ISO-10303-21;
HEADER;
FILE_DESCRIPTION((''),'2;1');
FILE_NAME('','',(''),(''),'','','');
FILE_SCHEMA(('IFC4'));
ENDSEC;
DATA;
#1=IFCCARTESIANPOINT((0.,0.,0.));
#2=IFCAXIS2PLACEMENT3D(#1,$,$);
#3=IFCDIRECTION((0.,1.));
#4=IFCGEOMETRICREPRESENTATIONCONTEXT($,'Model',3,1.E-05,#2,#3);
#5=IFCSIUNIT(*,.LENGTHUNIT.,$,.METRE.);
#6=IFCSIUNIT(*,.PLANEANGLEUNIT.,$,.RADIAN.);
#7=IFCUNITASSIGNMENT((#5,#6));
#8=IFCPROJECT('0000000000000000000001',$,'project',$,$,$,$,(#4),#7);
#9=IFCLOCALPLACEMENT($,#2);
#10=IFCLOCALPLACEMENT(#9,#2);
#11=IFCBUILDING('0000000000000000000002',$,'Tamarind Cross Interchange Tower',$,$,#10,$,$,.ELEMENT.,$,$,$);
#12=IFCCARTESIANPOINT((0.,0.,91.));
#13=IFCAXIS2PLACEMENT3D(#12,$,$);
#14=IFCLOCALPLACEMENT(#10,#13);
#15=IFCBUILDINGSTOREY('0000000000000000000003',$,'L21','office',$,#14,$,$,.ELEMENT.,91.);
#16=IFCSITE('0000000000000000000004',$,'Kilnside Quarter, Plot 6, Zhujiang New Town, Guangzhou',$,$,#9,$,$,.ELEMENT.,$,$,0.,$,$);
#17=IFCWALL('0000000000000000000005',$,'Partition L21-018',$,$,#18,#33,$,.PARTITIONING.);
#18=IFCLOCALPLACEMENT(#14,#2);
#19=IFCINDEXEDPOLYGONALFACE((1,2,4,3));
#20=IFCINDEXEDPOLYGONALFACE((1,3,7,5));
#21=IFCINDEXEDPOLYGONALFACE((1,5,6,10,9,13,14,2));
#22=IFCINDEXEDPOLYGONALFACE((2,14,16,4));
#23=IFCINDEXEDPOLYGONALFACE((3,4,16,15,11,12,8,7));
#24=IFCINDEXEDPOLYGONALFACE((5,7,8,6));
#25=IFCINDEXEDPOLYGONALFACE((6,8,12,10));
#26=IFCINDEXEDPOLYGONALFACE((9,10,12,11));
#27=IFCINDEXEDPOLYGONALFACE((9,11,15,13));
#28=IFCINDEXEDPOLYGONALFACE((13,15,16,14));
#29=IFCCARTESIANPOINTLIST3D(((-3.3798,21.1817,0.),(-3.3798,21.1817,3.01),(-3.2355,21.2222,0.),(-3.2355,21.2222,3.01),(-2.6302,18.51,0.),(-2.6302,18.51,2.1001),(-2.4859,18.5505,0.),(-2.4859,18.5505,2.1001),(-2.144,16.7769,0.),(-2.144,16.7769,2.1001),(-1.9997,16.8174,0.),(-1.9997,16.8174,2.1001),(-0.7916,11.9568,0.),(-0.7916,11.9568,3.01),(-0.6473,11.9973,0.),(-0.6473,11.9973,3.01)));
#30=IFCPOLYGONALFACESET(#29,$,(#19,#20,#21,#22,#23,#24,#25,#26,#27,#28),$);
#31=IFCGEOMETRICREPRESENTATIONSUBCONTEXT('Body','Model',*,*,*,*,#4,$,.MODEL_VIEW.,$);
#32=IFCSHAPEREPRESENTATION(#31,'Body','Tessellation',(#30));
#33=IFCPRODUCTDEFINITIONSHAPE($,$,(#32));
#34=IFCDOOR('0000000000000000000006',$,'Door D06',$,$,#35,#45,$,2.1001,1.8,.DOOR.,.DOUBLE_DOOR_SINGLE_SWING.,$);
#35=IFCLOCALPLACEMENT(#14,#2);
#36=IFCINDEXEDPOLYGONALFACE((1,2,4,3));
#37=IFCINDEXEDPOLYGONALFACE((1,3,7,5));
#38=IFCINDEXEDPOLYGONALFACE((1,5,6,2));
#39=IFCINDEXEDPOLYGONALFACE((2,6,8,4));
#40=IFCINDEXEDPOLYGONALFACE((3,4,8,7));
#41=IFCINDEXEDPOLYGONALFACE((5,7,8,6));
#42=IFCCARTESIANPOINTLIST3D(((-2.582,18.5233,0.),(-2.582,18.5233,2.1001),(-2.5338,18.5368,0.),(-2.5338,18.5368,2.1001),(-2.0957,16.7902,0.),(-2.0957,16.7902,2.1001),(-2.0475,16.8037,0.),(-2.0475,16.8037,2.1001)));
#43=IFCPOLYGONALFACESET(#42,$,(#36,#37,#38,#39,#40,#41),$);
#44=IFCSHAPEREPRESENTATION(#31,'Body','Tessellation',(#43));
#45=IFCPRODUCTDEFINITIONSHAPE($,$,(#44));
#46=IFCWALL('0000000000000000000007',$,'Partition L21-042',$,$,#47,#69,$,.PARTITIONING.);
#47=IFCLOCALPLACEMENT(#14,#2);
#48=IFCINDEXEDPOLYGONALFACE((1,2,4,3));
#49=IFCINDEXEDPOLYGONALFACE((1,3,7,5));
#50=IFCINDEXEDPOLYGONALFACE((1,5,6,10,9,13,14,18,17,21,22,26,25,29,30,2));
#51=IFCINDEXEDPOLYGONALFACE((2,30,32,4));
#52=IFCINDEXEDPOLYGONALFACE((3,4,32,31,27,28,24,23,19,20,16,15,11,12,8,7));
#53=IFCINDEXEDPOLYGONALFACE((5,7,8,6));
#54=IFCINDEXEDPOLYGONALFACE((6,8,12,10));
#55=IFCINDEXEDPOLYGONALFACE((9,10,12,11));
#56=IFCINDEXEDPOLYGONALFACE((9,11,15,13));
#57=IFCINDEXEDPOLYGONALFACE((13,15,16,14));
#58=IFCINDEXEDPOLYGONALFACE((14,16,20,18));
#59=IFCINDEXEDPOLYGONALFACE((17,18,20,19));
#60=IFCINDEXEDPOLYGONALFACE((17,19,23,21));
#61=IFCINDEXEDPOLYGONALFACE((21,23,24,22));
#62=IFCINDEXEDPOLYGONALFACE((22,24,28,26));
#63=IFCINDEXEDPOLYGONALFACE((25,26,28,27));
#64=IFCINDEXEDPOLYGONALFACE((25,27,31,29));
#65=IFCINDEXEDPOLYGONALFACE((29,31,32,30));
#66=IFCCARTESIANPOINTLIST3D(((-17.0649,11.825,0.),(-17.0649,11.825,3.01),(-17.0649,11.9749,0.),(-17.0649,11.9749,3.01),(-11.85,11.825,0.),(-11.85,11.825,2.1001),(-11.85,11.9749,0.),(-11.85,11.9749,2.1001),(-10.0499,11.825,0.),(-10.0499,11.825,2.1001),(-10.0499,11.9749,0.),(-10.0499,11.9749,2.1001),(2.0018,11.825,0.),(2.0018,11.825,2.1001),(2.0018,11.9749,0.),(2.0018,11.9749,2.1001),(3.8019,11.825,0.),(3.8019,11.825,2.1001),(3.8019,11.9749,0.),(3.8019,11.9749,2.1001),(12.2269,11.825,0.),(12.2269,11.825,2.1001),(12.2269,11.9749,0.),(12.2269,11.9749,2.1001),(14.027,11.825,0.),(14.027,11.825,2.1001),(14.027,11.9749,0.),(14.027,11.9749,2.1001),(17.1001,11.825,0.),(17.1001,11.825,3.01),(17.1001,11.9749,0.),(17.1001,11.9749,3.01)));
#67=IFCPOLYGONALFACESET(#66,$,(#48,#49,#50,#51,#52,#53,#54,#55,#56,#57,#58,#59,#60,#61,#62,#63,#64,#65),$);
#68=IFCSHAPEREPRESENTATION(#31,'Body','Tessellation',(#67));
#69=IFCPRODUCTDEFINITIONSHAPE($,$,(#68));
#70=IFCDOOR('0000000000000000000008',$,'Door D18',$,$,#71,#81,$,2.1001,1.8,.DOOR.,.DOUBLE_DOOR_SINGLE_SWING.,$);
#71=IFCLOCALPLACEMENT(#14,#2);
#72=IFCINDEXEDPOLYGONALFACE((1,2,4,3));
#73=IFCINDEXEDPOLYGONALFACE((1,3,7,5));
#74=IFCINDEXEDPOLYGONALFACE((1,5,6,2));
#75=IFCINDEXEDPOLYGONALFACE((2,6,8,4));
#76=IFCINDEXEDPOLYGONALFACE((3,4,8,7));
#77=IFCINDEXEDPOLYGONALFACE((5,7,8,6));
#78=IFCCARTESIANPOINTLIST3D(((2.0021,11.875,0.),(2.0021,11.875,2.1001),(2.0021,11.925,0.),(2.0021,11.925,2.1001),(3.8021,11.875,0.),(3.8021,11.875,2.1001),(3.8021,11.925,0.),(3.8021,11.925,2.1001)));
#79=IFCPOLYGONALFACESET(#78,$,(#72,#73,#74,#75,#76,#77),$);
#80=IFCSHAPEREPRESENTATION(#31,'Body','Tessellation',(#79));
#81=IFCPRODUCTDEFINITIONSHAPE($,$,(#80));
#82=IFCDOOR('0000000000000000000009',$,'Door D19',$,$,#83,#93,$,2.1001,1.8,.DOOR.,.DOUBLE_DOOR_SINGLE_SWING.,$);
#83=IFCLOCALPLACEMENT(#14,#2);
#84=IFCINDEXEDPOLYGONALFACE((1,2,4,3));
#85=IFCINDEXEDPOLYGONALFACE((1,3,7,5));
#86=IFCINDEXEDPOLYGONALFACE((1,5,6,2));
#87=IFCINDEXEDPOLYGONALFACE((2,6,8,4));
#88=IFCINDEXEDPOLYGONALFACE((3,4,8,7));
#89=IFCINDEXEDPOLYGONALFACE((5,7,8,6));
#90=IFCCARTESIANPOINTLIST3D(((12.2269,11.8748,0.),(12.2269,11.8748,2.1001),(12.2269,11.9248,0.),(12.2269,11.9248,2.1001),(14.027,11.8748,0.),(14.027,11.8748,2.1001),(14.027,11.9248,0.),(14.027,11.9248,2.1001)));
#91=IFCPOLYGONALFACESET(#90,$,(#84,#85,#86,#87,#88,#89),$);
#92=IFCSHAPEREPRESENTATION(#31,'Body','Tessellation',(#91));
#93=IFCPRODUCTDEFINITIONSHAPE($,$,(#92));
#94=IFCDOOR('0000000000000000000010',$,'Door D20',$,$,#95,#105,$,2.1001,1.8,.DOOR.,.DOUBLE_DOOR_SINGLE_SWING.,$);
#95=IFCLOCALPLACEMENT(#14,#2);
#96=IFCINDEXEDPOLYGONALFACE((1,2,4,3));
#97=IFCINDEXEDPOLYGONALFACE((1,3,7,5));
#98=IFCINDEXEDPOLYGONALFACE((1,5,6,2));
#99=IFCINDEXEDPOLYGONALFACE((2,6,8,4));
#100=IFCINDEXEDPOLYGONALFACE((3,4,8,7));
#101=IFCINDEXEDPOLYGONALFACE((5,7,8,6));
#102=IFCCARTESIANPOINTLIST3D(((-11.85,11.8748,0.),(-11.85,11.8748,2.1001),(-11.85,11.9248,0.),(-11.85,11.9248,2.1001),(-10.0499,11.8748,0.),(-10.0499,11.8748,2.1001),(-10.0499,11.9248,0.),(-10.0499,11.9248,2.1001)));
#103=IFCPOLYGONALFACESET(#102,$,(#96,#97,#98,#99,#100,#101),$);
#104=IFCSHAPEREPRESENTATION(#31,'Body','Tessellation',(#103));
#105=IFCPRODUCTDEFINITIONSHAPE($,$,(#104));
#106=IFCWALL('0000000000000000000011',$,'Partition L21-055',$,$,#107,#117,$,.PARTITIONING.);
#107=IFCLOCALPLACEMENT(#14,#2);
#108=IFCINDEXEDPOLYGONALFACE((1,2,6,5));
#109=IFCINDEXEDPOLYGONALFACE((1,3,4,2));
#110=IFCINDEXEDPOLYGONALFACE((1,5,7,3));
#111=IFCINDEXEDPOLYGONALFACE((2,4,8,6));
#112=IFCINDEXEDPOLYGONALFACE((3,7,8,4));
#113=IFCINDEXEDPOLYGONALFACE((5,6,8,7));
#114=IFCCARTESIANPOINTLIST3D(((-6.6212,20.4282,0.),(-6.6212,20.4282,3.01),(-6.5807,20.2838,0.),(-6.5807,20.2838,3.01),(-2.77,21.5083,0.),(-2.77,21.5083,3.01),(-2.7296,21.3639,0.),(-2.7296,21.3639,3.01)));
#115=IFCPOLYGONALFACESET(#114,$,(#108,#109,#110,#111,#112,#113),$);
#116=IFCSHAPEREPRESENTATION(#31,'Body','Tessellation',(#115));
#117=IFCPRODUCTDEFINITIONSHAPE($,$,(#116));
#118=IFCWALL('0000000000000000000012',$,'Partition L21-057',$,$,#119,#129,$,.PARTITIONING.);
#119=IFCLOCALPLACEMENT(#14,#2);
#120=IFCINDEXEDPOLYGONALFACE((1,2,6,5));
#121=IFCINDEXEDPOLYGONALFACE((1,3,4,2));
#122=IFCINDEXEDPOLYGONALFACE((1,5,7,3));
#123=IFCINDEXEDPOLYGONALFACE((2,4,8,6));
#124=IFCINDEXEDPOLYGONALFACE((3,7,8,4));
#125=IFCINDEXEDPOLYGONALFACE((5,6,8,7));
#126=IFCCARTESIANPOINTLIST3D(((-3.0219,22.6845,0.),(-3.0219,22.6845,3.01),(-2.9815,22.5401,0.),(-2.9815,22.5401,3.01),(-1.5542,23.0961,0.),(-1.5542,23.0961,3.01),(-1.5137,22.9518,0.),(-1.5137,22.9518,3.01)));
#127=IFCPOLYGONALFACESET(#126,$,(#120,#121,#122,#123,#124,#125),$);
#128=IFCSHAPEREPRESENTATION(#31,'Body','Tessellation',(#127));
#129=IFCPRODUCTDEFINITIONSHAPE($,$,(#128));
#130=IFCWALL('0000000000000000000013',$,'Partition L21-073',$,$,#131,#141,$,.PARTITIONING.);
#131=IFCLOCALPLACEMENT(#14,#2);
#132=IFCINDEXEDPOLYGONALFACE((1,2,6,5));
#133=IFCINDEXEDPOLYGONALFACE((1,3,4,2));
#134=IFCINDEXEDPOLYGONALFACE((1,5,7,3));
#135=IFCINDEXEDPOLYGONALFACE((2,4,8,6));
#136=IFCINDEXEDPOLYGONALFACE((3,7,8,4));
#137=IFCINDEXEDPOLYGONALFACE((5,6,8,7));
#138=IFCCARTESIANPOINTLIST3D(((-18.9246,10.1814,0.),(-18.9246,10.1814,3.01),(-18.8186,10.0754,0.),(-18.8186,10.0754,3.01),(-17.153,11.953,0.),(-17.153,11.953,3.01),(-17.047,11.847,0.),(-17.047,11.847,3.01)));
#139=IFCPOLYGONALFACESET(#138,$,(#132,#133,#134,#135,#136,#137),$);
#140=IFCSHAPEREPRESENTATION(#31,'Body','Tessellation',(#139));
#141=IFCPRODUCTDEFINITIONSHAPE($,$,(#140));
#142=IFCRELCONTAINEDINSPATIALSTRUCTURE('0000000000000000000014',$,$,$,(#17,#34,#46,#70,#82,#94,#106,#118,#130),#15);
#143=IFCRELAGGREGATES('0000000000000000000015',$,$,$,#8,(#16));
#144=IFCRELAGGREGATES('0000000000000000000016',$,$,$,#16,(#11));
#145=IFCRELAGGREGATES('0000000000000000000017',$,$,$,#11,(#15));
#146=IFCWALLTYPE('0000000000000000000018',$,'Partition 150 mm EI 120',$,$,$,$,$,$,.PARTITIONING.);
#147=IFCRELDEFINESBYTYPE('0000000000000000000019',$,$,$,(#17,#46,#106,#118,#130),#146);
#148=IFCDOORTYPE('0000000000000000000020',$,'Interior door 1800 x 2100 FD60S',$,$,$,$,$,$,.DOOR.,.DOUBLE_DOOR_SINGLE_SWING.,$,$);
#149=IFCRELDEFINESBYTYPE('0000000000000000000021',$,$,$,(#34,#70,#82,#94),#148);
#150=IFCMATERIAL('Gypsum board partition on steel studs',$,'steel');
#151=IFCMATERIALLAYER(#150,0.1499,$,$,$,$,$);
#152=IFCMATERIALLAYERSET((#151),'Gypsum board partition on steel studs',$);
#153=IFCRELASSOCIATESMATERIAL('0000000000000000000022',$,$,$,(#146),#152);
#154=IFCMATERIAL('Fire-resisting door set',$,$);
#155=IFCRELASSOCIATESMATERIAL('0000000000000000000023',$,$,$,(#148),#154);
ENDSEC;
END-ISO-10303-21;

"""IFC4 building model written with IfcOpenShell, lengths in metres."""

from ifc_helpers import new_model, si_unit, direction, frame, frame_2d, origin, place, context, subcontext, project, spatial, rectangle, extrude, material, layer, layer_set, type_object, element, fill, save


model = new_model("IFC4")

# Units and contexts
model_context = context("Model", 3, precision=1e-05, world=origin(), true_north=direction((0.0, 1.0)))
body_context = subcontext(model_context, "Body", "Model", "MODEL_VIEW")
ifc_project = project(units=[si_unit("LENGTHUNIT", "METRE"), si_unit("PLANEANGLEUNIT", "RADIAN")], contexts=[model_context])

# Site, building, storey
site_placement = place(None, origin())
site = spatial("IfcSite", under=ifc_project, at=site_placement, Name="Kilnside Quarter, Plot 6, Zhujiang New Town, Guangzhou", CompositionType="ELEMENT", RefElevation=0.0)
building_placement = place(site_placement, origin())
building = spatial("IfcBuilding", under=site, at=building_placement, Name="Tamarind Cross Interchange Tower", CompositionType="ELEMENT")
storey_placement = place(building_placement, frame((0.0, 0.0, 91.0)))
storey = spatial("IfcBuildingStorey", under=building, at=storey_placement, Name="L21", Description="office", CompositionType="ELEMENT", Elevation=91.0)

# Shared definitions
ifc_material_1 = material(Name="Gypsum board partition on steel studs", Category="steel")

# Wall, opening, door
ifc_layer_1 = layer(ifc_material_1, 0.1499)
ifc_layer_set_1 = layer_set([ifc_layer_1], Name="Gypsum board partition on steel studs")
wall_type_1 = type_object("IfcWallType", Name="Partition 150 mm EI 120", PredefinedType="PARTITIONING", material=ifc_layer_set_1)
wall_1_placement = place(storey_placement, frame((-3.3076, 21.2019, 0.0), z_axis=(0.0, 0.0, 1.0), x_axis=(0.270131, -0.962824, 0.0)))
wall_1 = element("IfcWall", 1, at=wall_1_placement, inside=storey, type_object=wall_type_1, Name="Partition L21-018", PredefinedType="PARTITIONING", context=body_context, shape_type="SweptSolid", body=[
    extrude(rectangle(XDim=9.5811, YDim=0.1499, at=frame_2d((4.7905, 0.0))), origin(), (0.0, 0.0, 1.0), 3.01),
])
opening_1_placement = place(wall_1_placement, frame((2.7749, 0.0, 0.0)))
opening_1 = element("IfcOpeningElement", 2, at=opening_1_placement, cuts=wall_1, PredefinedType="OPENING", context=body_context, shape_type="SweptSolid", body=[
    extrude(rectangle(XDim=1.8, YDim=2.1001, at=frame_2d((0.8999, 1.05))), frame((0.0, 0.085, 0.0), z_axis=(0.0, -1.0, 0.0), x_axis=(1.0, 0.0, 0.0)), (0.0, 0.0, 1.0), 0.1699),
])
ifc_material_2 = material(Name="Fire-resisting door set")
door_type = type_object("IfcDoorType", Name="Interior door 1800 x 2100 FD60S", OperationType="DOUBLE_DOOR_SINGLE_SWING", PredefinedType="DOOR", material=ifc_material_2)
door_1_placement = place(opening_1_placement, frame((1.8, 0.0, 0.0), z_axis=(0.0, 0.0, 1.0), x_axis=(-1.0, 0.0, 0.0)))
door_1 = element("IfcDoor", 3, at=door_1_placement, inside=storey, type_object=door_type, Name="Door D06", OperationType="DOUBLE_DOOR_SINGLE_SWING", OverallHeight=2.1001, OverallWidth=1.8, PredefinedType="DOOR", context=body_context, shape_type="SweptSolid", body=[
    extrude(rectangle(XDim=1.8, YDim=2.1001, at=frame_2d((0.8999, 1.05))), frame((0.0, 0.0249, 0.0), z_axis=(0.0, -1.0, 0.0), x_axis=(1.0, 0.0, 0.0)), (0.0, 0.0, 1.0), 0.05),
])
fill(opening_1, door_1)

# Wall, openings, doors
wall_2_placement = place(storey_placement, frame((-17.0649, 11.8999, 0.0), z_axis=(0.0, 0.0, 1.0), x_axis=(1.0, 0.0, 0.0)))
wall_2 = element("IfcWall", 4, at=wall_2_placement, inside=storey, type_object=wall_type_1, Name="Partition L21-042", PredefinedType="PARTITIONING", context=body_context, shape_type="SweptSolid", body=[
    extrude(rectangle(XDim=34.165, YDim=0.1499, at=frame_2d((17.0825, 0.0))), origin(), (0.0, 0.0, 1.0), 3.01),
])
opening_2_placement = place(wall_2_placement, frame((19.0669, 0.0, 0.0)))
opening_2 = element("IfcOpeningElement", 5, at=opening_2_placement, cuts=wall_2, PredefinedType="OPENING", context=body_context, shape_type="SweptSolid", body=[
    extrude(rectangle(XDim=1.8, YDim=2.1001, at=frame_2d((0.8999, 1.05))), frame((0.0, 0.085, 0.0), z_axis=(0.0, -1.0, 0.0), x_axis=(1.0, 0.0, 0.0)), (0.0, 0.0, 1.0), 0.1699),
])
opening_3_placement = place(wall_2_placement, frame((29.292, 0.0, 0.0)))
opening_3 = element("IfcOpeningElement", 6, at=opening_3_placement, cuts=wall_2, PredefinedType="OPENING", context=body_context, shape_type="SweptSolid", body=[
    extrude(rectangle(XDim=1.8, YDim=2.1001, at=frame_2d((0.8999, 1.05))), frame((0.0, 0.085, 0.0), z_axis=(0.0, -1.0, 0.0), x_axis=(1.0, 0.0, 0.0)), (0.0, 0.0, 1.0), 0.1699),
])
opening_4_placement = place(wall_2_placement, frame((5.2151, 0.0, 0.0)))
opening_4 = element("IfcOpeningElement", 7, at=opening_4_placement, cuts=wall_2, PredefinedType="OPENING", context=body_context, shape_type="SweptSolid", body=[
    extrude(rectangle(XDim=1.8, YDim=2.1001, at=frame_2d((0.8999, 1.05))), frame((0.0, 0.085, 0.0), z_axis=(0.0, -1.0, 0.0), x_axis=(1.0, 0.0, 0.0)), (0.0, 0.0, 1.0), 0.1699),
])
door_2_placement = place(opening_2_placement, frame((1.8, 0.0, 0.0), z_axis=(0.0, 0.0, 1.0), x_axis=(-1.0, 0.0, 0.0)))
door_2 = element("IfcDoor", 8, at=door_2_placement, inside=storey, type_object=door_type, Name="Door D18", OperationType="DOUBLE_DOOR_SINGLE_SWING", OverallHeight=2.1001, OverallWidth=1.8, PredefinedType="DOOR", context=body_context, shape_type="SweptSolid", body=[
    extrude(rectangle(XDim=1.8, YDim=2.1001, at=frame_2d((0.8999, 1.05))), frame((0.0, 0.0249, 0.0), z_axis=(0.0, -1.0, 0.0), x_axis=(1.0, 0.0, 0.0)), (0.0, 0.0, 1.0), 0.05),
])
fill(opening_2, door_2)
door_3_placement = place(opening_3_placement, origin())
door_3 = element("IfcDoor", 9, at=door_3_placement, inside=storey, type_object=door_type, Name="Door D19", OperationType="DOUBLE_DOOR_SINGLE_SWING", OverallHeight=2.1001, OverallWidth=1.8, PredefinedType="DOOR", context=body_context, shape_type="SweptSolid", body=[
    extrude(rectangle(XDim=1.8, YDim=2.1001, at=frame_2d((0.8999, 1.05))), frame((0.0, 0.0249, 0.0), z_axis=(0.0, -1.0, 0.0), x_axis=(1.0, 0.0, 0.0)), (0.0, 0.0, 1.0), 0.05),
])
fill(opening_3, door_3)
door_4_placement = place(opening_4_placement, origin())
door_4 = element("IfcDoor", 10, at=door_4_placement, inside=storey, type_object=door_type, Name="Door D20", OperationType="DOUBLE_DOOR_SINGLE_SWING", OverallHeight=2.1001, OverallWidth=1.8, PredefinedType="DOOR", context=body_context, shape_type="SweptSolid", body=[
    extrude(rectangle(XDim=1.8, YDim=2.1001, at=frame_2d((0.8999, 1.05))), frame((0.0, 0.0249, 0.0), z_axis=(0.0, -1.0, 0.0), x_axis=(1.0, 0.0, 0.0)), (0.0, 0.0, 1.0), 0.05),
])
fill(opening_4, door_4)

# Walls
wall_3_placement = place(storey_placement, frame((-6.6011, 20.356, 0.0), z_axis=(0.0, 0.0, 1.0), x_axis=(0.962849, 0.270042, 0.0)))
element("IfcWall", 11, at=wall_3_placement, inside=storey, type_object=wall_type_1, Name="Partition L21-055", PredefinedType="PARTITIONING", context=body_context, shape_type="SweptSolid", body=[
    extrude(rectangle(XDim=3.9998, YDim=0.1499, at=frame_2d((2.0, 0.0))), origin(), (0.0, 0.0, 1.0), 3.01),
])
wall_4_placement = place(storey_placement, frame((-3.0017, 22.6123, 0.0), z_axis=(0.0, 0.0, 1.0), x_axis=(0.962854, 0.270022, 0.0)))
element("IfcWall", 12, at=wall_4_placement, inside=storey, type_object=wall_type_1, Name="Partition L21-057", PredefinedType="PARTITIONING", context=body_context, shape_type="SweptSolid", body=[
    extrude(rectangle(XDim=1.5244, YDim=0.1499, at=frame_2d((0.7622, 0.0))), origin(), (0.0, 0.0, 1.0), 3.01),
])
wall_5_placement = place(storey_placement, frame((-18.8716, 10.1284, 0.0), z_axis=(0.0, 0.0, 1.0), x_axis=(0.707107, 0.707107, 0.0)))
element("IfcWall", 13, at=wall_5_placement, inside=storey, type_object=wall_type_1, Name="Partition L21-073", PredefinedType="PARTITIONING", context=body_context, shape_type="SweptSolid", body=[
    extrude(rectangle(XDim=2.5054, YDim=0.1499, at=frame_2d((1.2527, 0.0))), origin(), (0.0, 0.0, 1.0), 3.01),
])

save(model, "model.ifc")
